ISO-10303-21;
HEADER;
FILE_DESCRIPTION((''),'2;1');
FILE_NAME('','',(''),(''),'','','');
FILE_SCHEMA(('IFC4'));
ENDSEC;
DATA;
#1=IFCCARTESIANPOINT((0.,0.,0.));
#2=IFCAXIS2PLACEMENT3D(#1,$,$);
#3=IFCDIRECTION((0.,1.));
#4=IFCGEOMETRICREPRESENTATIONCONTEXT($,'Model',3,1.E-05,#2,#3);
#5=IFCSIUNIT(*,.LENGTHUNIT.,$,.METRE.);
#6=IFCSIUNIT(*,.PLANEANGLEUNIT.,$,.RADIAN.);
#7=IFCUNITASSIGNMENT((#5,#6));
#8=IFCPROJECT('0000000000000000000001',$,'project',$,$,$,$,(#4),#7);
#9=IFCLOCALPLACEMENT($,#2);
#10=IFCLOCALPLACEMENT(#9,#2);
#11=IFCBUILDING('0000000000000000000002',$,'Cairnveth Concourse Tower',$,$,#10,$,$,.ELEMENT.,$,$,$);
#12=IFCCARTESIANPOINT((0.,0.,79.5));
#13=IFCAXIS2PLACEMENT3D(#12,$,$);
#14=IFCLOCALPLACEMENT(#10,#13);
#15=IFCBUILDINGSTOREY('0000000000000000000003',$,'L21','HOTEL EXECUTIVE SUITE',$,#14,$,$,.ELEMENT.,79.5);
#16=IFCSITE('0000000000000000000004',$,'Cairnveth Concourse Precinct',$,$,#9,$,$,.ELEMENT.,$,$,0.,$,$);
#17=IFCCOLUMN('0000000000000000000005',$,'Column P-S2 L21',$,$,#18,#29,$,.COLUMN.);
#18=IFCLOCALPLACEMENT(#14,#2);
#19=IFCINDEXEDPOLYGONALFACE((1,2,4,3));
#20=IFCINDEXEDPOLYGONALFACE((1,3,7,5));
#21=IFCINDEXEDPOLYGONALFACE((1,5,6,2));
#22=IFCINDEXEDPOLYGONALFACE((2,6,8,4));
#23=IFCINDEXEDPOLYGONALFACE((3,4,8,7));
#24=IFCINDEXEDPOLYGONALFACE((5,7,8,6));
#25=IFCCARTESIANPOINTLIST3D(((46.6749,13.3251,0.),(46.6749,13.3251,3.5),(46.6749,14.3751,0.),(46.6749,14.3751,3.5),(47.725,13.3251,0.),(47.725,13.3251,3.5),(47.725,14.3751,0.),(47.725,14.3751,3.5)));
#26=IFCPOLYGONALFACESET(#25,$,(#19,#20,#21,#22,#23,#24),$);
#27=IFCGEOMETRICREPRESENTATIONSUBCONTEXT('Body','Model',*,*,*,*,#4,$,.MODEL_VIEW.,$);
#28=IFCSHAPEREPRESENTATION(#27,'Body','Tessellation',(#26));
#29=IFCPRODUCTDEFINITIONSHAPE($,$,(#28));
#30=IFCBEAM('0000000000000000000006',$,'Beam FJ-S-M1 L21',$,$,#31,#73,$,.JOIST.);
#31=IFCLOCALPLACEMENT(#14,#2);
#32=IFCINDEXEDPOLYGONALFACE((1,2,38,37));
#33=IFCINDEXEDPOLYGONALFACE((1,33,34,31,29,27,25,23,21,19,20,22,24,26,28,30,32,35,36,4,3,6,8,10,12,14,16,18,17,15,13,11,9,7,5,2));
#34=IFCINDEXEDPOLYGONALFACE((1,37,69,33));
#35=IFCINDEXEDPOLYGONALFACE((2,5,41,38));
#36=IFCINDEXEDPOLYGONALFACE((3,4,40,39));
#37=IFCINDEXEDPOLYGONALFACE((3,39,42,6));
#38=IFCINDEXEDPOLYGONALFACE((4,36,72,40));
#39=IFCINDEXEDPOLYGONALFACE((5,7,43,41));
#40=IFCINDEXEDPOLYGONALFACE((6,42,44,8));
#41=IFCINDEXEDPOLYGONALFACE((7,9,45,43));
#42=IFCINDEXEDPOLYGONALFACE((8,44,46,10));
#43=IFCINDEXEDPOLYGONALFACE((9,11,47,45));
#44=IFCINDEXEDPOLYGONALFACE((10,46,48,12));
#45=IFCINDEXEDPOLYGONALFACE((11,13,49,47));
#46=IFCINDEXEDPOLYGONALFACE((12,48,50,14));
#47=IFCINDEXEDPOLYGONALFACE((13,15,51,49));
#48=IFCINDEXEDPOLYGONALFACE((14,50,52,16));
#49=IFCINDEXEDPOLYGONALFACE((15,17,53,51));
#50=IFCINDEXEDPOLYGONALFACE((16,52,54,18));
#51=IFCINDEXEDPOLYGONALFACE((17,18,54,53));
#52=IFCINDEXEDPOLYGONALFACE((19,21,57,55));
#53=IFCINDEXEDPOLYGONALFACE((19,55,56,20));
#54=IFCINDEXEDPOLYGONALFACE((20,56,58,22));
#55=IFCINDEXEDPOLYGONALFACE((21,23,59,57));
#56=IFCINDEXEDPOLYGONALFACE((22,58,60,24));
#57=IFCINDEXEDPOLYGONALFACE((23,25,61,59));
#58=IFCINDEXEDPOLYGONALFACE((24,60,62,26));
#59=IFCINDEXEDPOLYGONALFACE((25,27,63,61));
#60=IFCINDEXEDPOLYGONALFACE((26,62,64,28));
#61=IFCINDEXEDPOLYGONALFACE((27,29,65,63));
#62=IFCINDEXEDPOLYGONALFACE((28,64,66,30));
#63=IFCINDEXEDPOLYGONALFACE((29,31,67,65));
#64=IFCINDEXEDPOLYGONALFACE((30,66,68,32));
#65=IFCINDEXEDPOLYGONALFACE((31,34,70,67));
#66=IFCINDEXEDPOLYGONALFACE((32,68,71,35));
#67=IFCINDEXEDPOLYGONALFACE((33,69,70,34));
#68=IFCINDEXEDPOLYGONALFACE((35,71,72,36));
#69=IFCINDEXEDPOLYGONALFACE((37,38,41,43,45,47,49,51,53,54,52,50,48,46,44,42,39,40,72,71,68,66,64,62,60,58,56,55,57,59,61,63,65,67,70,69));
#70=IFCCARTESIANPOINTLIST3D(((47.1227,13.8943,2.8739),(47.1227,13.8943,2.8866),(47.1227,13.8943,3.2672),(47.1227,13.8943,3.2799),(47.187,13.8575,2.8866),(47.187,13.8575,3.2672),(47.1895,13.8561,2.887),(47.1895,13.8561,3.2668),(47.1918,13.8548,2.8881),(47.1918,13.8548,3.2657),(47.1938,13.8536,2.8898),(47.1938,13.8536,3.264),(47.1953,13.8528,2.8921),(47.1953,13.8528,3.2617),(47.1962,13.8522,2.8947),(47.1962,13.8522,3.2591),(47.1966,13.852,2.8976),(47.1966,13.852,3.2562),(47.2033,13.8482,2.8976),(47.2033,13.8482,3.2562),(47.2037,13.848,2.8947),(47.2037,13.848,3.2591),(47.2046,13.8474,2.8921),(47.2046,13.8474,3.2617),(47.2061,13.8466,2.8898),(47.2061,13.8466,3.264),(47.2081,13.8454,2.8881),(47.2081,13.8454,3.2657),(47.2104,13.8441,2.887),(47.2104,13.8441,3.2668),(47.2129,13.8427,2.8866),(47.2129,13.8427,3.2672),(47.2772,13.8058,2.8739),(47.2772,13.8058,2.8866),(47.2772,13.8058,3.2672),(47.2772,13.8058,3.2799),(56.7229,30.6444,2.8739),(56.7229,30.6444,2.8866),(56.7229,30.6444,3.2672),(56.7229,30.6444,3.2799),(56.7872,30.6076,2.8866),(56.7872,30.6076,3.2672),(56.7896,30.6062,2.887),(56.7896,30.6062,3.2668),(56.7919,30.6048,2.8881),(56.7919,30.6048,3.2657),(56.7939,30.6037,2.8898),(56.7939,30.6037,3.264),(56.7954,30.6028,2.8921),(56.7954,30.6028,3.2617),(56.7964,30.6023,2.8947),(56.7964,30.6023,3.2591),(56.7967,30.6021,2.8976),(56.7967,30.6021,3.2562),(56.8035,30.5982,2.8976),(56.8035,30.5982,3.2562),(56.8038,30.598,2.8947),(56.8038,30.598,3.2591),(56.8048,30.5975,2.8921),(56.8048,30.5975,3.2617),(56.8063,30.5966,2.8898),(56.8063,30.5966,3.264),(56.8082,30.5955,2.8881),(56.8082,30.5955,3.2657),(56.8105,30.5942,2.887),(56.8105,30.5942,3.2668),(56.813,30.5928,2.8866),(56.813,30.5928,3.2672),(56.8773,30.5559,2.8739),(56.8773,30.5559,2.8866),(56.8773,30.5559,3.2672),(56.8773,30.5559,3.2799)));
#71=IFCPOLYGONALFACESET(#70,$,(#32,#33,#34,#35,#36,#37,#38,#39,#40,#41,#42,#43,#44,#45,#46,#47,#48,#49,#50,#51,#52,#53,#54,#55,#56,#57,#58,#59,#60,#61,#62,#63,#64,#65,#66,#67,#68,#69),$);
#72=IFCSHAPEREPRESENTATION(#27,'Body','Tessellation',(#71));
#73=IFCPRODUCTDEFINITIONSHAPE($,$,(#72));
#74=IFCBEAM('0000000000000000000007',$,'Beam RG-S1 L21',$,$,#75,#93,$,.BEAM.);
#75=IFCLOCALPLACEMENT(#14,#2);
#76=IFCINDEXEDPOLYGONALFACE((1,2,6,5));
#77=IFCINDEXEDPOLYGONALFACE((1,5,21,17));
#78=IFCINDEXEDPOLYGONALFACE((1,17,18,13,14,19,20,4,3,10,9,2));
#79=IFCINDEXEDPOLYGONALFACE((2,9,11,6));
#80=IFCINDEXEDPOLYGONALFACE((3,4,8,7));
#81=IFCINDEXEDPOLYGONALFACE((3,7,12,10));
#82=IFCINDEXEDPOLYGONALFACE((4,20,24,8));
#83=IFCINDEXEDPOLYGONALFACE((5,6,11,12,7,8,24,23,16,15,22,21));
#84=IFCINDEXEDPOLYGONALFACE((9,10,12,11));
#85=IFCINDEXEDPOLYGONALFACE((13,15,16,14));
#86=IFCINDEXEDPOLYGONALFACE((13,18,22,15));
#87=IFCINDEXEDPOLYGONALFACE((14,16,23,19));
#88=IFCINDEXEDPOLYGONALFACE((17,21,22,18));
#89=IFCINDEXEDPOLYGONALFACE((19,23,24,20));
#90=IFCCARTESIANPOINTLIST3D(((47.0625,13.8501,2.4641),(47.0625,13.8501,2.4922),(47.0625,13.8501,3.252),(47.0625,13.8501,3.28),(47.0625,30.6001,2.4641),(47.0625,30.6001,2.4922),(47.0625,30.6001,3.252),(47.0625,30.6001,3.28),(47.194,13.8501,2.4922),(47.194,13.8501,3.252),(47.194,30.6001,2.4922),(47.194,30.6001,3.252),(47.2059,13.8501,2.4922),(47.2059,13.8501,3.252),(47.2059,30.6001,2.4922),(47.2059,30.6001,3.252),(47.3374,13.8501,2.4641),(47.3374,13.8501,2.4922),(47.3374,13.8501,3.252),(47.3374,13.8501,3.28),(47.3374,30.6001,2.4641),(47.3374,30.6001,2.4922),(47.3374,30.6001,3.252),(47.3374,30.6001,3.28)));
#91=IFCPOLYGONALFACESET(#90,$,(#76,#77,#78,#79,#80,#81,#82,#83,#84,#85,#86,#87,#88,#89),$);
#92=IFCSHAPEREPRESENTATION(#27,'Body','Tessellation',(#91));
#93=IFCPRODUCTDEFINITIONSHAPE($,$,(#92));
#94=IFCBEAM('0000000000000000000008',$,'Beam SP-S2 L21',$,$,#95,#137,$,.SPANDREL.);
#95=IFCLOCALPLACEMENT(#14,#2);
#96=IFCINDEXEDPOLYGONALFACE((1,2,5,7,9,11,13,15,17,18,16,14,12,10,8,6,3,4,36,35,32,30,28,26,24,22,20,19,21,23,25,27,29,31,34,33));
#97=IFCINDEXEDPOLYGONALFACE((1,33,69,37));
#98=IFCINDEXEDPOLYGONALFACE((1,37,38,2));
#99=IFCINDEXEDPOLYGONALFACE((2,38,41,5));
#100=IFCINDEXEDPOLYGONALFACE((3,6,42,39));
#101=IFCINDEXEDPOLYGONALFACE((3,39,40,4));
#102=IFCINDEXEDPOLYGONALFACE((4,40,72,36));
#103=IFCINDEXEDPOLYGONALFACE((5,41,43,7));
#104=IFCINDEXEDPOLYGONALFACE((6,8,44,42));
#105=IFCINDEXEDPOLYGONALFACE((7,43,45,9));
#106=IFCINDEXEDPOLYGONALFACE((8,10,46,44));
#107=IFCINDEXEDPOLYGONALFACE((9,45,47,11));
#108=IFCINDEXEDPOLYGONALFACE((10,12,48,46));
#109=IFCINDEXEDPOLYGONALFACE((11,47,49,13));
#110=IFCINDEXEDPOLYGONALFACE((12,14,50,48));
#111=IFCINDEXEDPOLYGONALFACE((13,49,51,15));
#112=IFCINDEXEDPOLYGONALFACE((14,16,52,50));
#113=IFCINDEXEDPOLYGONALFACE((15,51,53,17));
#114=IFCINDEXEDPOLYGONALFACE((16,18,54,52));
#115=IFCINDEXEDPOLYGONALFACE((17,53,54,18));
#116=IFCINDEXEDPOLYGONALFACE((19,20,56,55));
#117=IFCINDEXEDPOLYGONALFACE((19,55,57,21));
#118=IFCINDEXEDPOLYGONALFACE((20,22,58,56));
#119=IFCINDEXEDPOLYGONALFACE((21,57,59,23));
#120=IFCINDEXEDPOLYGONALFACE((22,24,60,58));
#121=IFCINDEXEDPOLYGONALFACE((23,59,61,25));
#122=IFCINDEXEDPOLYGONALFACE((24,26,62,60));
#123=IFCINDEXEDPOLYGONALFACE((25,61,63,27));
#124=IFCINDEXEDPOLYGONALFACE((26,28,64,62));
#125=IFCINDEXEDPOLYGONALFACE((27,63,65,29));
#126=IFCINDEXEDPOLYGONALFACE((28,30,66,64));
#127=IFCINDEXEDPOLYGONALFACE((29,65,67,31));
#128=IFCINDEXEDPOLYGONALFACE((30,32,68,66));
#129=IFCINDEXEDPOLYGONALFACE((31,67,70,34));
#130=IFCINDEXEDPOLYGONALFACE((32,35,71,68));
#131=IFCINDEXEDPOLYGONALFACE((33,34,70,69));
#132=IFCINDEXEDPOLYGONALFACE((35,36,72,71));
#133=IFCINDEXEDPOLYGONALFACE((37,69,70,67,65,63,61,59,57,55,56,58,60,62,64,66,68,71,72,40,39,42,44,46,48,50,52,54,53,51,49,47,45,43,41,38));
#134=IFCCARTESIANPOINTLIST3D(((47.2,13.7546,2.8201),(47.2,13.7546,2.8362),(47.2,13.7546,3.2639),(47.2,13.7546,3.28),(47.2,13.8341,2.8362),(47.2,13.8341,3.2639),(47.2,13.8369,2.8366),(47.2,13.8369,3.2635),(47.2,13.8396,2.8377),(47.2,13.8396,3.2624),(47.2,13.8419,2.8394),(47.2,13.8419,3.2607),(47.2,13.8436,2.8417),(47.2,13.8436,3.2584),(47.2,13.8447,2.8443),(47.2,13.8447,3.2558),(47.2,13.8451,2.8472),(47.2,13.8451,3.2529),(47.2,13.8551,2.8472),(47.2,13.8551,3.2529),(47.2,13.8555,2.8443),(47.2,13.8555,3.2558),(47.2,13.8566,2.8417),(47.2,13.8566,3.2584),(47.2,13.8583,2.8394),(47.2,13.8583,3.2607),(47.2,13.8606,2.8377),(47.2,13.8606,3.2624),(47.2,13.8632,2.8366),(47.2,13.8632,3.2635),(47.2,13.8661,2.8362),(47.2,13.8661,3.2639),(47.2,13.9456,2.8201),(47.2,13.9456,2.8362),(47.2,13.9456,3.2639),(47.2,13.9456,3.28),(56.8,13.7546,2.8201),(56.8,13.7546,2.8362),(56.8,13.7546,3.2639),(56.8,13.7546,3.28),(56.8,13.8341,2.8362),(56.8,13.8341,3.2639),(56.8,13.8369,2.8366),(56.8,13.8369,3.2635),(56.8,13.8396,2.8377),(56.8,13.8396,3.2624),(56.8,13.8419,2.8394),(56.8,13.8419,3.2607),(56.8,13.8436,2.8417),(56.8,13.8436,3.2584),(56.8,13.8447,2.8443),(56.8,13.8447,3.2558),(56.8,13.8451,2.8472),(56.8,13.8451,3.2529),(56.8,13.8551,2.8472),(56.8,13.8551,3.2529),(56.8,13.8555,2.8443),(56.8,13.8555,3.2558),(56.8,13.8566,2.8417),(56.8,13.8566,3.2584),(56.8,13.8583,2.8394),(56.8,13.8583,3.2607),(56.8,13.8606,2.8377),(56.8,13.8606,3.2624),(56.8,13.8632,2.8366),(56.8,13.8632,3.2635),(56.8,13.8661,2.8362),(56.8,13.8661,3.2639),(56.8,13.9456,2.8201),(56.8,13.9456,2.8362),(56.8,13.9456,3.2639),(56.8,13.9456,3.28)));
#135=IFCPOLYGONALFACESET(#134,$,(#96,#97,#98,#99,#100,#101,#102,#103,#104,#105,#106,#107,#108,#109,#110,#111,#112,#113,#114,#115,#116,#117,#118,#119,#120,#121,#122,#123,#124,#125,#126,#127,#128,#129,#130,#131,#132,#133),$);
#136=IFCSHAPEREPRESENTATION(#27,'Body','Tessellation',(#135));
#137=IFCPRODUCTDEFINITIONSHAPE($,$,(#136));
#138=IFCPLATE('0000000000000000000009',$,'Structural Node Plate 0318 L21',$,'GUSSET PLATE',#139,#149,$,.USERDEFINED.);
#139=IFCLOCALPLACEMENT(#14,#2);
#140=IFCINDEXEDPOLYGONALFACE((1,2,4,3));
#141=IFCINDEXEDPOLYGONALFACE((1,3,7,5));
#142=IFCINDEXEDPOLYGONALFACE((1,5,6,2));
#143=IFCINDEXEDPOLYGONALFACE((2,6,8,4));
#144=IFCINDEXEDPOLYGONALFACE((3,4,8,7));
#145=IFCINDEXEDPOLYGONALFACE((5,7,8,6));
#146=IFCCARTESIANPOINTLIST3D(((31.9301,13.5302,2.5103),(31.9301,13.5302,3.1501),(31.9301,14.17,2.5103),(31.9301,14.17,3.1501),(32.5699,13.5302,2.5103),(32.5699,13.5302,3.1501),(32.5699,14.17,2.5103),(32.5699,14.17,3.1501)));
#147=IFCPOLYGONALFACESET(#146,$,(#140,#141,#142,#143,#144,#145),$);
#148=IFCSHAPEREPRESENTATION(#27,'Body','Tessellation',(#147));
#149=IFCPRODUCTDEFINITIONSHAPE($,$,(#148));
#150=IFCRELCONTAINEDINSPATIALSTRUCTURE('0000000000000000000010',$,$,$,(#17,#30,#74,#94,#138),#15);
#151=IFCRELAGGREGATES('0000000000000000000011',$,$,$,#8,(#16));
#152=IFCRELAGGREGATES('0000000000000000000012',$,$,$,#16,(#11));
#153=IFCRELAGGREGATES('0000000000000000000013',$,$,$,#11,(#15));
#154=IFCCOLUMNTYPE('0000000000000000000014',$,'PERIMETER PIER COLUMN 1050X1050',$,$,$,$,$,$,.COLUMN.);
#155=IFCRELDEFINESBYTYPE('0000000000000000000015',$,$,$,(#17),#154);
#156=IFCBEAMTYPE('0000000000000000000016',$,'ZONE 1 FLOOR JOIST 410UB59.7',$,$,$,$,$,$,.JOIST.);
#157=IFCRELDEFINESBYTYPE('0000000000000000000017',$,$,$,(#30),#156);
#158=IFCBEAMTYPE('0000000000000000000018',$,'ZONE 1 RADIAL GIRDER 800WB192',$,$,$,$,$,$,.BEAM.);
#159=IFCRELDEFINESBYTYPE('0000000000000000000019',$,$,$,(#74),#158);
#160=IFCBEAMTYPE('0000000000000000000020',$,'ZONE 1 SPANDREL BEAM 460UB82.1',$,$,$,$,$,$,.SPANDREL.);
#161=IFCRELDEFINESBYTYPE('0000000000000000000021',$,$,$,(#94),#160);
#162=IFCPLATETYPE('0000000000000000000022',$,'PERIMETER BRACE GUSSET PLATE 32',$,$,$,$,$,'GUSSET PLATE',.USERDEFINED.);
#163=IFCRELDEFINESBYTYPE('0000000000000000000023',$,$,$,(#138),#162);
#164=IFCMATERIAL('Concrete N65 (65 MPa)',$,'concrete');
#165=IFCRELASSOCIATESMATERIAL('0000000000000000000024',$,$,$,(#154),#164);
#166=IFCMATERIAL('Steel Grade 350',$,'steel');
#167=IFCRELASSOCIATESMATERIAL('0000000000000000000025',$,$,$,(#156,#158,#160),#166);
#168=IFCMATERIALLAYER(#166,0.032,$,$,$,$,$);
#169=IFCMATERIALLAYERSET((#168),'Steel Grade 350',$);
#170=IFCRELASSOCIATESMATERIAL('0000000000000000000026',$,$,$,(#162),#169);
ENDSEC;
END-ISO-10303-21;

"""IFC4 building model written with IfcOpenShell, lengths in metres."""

from ifc_helpers import new_model, si_unit, direction, frame, origin, origin_2d, place, context, subcontext, project, spatial, rectangle, i_section, extrude, material, layer, layer_set, material_profile, profile_set, type_object, element, save


model = new_model("IFC4")

# Units and contexts
model_context = context("Model", 3, precision=1e-05, world=origin(), true_north=direction((0.0, 1.0)))
body_context = subcontext(model_context, "Body", "Model", "MODEL_VIEW")
ifc_project = project(units=[si_unit("LENGTHUNIT", "METRE"), si_unit("PLANEANGLEUNIT", "RADIAN")], contexts=[model_context])

# Site, building, storey
site_placement = place(None, origin())
site = spatial("IfcSite", under=ifc_project, at=site_placement, Name="Cairnveth Concourse Precinct", CompositionType="ELEMENT", RefElevation=0.0)
building_placement = place(site_placement, origin())
building = spatial("IfcBuilding", under=site, at=building_placement, Name="Cairnveth Concourse Tower", CompositionType="ELEMENT")
storey_placement = place(building_placement, frame((0.0, 0.0, 79.5)))
storey = spatial("IfcBuildingStorey", under=building, at=storey_placement, Name="L21", Description="HOTEL EXECUTIVE SUITE", CompositionType="ELEMENT", Elevation=79.5)

# Column
ifc_material_1 = material(Name="Concrete N65 (65 MPa)", Category="concrete")
ifc_material_profile_1 = material_profile(ifc_material_1, rectangle(XDim=1.05, YDim=1.05, at=origin_2d()), Name="RC-COL-1050x1050")
ifc_profile_set_1 = profile_set([ifc_material_profile_1], Name="Concrete N65 (65 MPa)")
column_type = type_object("IfcColumnType", Name="PERIMETER PIER COLUMN 1050X1050", PredefinedType="COLUMN", material=ifc_profile_set_1)
column_placement = place(storey_placement, frame((47.2, 13.8501, 0.0), z_axis=(0.0, 0.0, 1.0), x_axis=(1.0, 0.0, 0.0)))
element("IfcColumn", 1, at=column_placement, inside=storey, type_object=column_type, Name="Column P-S2 L21", PredefinedType="COLUMN", context=body_context, shape_type="SweptSolid", body=[
    extrude(rectangle(XDim=1.05, YDim=1.05, at=origin_2d()), origin(), (0.0, 0.0, 1.0), 3.5),
])

# Beams
ifc_material_2 = material(Name="Steel Grade 350", Category="steel")
ifc_material_profile_2 = material_profile(ifc_material_2, i_section(OverallWidth=0.178, OverallDepth=0.406, WebThickness=0.0078, FlangeThickness=0.0127, FilletRadius=0.011, at=origin_2d()), Name="410UB59.7")
ifc_profile_set_2 = profile_set([ifc_material_profile_2], Name="Steel Grade 350")
beam_type_1 = type_object("IfcBeamType", Name="ZONE 1 FLOOR JOIST 410UB59.7", PredefinedType="JOIST", material=ifc_profile_set_2)
beam_1_placement = place(storey_placement, frame((47.2, 13.8501, 3.0769), z_axis=(0.497258, 0.867603, 0.0), x_axis=(-0.867603, 0.497258, 0.0)))
element("IfcBeam", 2, at=beam_1_placement, inside=storey, type_object=beam_type_1, Name="Beam FJ-S-M1 L21", PredefinedType="JOIST", context=body_context, shape_type="SweptSolid", body=[
    extrude(i_section(OverallWidth=0.178, OverallDepth=0.406, WebThickness=0.0078, FlangeThickness=0.0127, FilletRadius=0.011, at=origin_2d()), origin(), (0.0, 0.0, 1.0), 19.3062),
])
ifc_material_profile_3 = material_profile(ifc_material_2, i_section(OverallWidth=0.2749, OverallDepth=0.8159, WebThickness=0.012, FlangeThickness=0.0281, at=origin_2d()), Name="800WB192")
ifc_profile_set_3 = profile_set([ifc_material_profile_3], Name="Steel Grade 350")
beam_type_2 = type_object("IfcBeamType", Name="ZONE 1 RADIAL GIRDER 800WB192", PredefinedType="BEAM", material=ifc_profile_set_3)
beam_2_placement = place(storey_placement, frame((47.2, 13.8501, 2.8721), z_axis=(0.0, 1.0, 0.0), x_axis=(-1.0, 0.0, 0.0)))
element("IfcBeam", 3, at=beam_2_placement, inside=storey, type_object=beam_type_2, Name="Beam RG-S1 L21", PredefinedType="BEAM", context=body_context, shape_type="SweptSolid", body=[
    extrude(i_section(OverallWidth=0.2749, OverallDepth=0.8159, WebThickness=0.012, FlangeThickness=0.0281, at=origin_2d()), origin(), (0.0, 0.0, 1.0), 16.75),
])
ifc_material_profile_4 = material_profile(ifc_material_2, i_section(OverallWidth=0.1909, OverallDepth=0.46, WebThickness=0.01, FlangeThickness=0.0161, FilletRadius=0.011, at=origin_2d()), Name="460UB82.1")
ifc_profile_set_4 = profile_set([ifc_material_profile_4], Name="Steel Grade 350")
beam_type_3 = type_object("IfcBeamType", Name="ZONE 1 SPANDREL BEAM 460UB82.1", PredefinedType="SPANDREL", material=ifc_profile_set_4)
beam_3_placement = place(storey_placement, frame((47.2, 13.8501, 3.05), z_axis=(1.0, 0.0, 0.0), x_axis=(0.0, 1.0, 0.0)))
element("IfcBeam", 4, at=beam_3_placement, inside=storey, type_object=beam_type_3, Name="Beam SP-S2 L21", PredefinedType="SPANDREL", context=body_context, shape_type="SweptSolid", body=[
    extrude(i_section(OverallWidth=0.1909, OverallDepth=0.46, WebThickness=0.01, FlangeThickness=0.0161, FilletRadius=0.011, at=origin_2d()), origin(), (0.0, 0.0, 1.0), 9.6001),
])

# Plate
ifc_layer_1 = layer(ifc_material_2, 0.032)
ifc_layer_set_1 = layer_set([ifc_layer_1], Name="Steel Grade 350")
plate_type = type_object("IfcPlateType", Name="PERIMETER BRACE GUSSET PLATE 32", ElementType="GUSSET PLATE", PredefinedType="USERDEFINED", material=ifc_layer_set_1)
plate_placement = place(storey_placement, frame((32.25, 13.8501, 2.5103), z_axis=(0.0, 0.0, 1.0), x_axis=(1.0, 0.0, 0.0)))
element("IfcPlate", 5, at=plate_placement, inside=storey, type_object=plate_type, Name="Structural Node Plate 0318 L21", ObjectType="GUSSET PLATE", PredefinedType="USERDEFINED", context=body_context, shape_type="SweptSolid", body=[
    extrude(rectangle(XDim=0.6399, YDim=0.6399, at=origin_2d()), origin(), (0.0, 0.0, 1.0), 0.6399),
])

save(model, "model.ifc")
